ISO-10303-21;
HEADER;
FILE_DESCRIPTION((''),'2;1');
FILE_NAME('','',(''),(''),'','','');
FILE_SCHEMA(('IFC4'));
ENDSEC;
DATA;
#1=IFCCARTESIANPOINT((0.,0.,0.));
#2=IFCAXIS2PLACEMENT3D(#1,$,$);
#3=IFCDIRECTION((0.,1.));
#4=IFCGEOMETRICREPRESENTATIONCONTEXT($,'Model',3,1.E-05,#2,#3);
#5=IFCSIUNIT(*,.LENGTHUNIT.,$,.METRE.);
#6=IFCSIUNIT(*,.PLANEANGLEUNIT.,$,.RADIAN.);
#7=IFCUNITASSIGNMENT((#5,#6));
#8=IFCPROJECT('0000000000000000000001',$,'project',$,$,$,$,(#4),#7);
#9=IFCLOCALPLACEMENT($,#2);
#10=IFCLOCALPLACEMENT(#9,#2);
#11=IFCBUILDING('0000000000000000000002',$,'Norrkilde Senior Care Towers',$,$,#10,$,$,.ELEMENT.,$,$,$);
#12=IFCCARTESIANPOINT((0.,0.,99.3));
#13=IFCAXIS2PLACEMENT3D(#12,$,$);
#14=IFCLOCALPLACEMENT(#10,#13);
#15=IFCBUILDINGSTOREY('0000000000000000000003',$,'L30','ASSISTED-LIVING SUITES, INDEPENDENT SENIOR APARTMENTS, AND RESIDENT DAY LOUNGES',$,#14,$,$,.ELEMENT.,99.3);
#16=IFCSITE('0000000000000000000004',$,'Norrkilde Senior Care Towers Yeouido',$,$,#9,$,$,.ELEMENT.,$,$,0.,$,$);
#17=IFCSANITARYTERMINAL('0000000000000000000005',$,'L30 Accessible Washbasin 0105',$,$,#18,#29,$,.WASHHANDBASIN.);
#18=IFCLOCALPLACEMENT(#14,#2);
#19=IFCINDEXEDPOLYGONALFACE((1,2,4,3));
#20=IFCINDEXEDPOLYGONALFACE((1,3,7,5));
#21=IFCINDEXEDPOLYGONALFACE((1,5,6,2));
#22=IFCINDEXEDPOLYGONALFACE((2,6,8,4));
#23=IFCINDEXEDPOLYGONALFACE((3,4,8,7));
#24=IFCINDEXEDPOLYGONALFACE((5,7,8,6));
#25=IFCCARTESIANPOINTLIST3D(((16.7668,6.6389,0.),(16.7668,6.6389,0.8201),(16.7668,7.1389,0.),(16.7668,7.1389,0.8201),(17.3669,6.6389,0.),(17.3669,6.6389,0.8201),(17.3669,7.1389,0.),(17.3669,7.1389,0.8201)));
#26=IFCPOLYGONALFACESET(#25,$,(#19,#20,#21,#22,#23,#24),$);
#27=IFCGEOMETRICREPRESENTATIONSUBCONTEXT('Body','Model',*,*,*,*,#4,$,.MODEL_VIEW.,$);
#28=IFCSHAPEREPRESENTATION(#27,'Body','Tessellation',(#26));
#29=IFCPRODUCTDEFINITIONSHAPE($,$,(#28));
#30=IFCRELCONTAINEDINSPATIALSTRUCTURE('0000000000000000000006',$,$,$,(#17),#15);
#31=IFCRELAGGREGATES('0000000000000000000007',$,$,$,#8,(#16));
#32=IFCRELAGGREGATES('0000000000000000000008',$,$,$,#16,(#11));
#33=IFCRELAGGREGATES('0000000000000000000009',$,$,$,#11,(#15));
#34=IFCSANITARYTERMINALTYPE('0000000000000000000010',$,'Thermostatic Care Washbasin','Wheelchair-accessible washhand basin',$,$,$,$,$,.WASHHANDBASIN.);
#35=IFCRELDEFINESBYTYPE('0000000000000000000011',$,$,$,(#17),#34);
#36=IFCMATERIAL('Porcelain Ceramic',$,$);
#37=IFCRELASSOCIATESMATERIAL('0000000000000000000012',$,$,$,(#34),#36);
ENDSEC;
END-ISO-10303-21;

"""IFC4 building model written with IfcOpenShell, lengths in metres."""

from ifc_helpers import new_model, si_unit, direction, frame, origin, origin_2d, place, context, subcontext, project, spatial, rectangle, extrude, source, transform, mapped, material, type_object, type_shapes, element, save


model = new_model("IFC4")

# Units and contexts
model_context = context("Model", 3, precision=1e-05, world=origin(), true_north=direction((0.0, 1.0)))
body_context = subcontext(model_context, "Body", "Model", "MODEL_VIEW")
ifc_project = project(units=[si_unit("LENGTHUNIT", "METRE"), si_unit("PLANEANGLEUNIT", "RADIAN")], contexts=[model_context])

# Site, building, storey
site_placement = place(None, origin())
site = spatial("IfcSite", under=ifc_project, at=site_placement, Name="Norrkilde Senior Care Towers Yeouido", CompositionType="ELEMENT", RefElevation=0.0)
building_placement = place(site_placement, origin())
building = spatial("IfcBuilding", under=site, at=building_placement, Name="Norrkilde Senior Care Towers", CompositionType="ELEMENT")
storey_placement = place(building_placement, frame((0.0, 0.0, 99.3)))
storey = spatial("IfcBuildingStorey", under=building, at=storey_placement, Name="L30", Description="ASSISTED-LIVING SUITES, INDEPENDENT SENIOR APARTMENTS, AND RESIDENT DAY LOUNGES", CompositionType="ELEMENT", Elevation=99.3)

# Sanitary terminal
ifc_material_1 = material(Name="Porcelain Ceramic")
sanitary_terminal_type_1 = type_object("IfcSanitaryTerminalType", Name="Thermostatic Care Washbasin", Description="Wheelchair-accessible washhand basin", PredefinedType="WASHHANDBASIN", material=ifc_material_1)
shared_shape_1 = source(origin(), body_context, "Body", "SweptSolid", [
    extrude(rectangle(XDim=0.6001, YDim=0.5, at=origin_2d()), origin(), (0.0, 0.0, 1.0), 0.8201),
])
type_shapes(sanitary_terminal_type_1, [shared_shape_1])
sanitary_terminal_1_placement = place(storey_placement, frame((17.0669, 6.8889, 0.0), z_axis=(0.0, 0.0, 1.0), x_axis=(1.0, 0.0, 0.0)))
element("IfcSanitaryTerminal", 1, at=sanitary_terminal_1_placement, inside=storey, type_object=sanitary_terminal_type_1, Name="L30 Accessible Washbasin 0105", PredefinedType="WASHHANDBASIN", context=body_context, shape_type="MappedRepresentation", body=[
    mapped(shared_shape_1, transform((0.0, 0.0, 0.0), x_axis=(1.0, 0.0, 0.0), y_axis=(0.0, 1.0, 0.0), z_axis=(0.0, 0.0, 1.0), scale=1.0)),
])

save(model, "model.ifc")
